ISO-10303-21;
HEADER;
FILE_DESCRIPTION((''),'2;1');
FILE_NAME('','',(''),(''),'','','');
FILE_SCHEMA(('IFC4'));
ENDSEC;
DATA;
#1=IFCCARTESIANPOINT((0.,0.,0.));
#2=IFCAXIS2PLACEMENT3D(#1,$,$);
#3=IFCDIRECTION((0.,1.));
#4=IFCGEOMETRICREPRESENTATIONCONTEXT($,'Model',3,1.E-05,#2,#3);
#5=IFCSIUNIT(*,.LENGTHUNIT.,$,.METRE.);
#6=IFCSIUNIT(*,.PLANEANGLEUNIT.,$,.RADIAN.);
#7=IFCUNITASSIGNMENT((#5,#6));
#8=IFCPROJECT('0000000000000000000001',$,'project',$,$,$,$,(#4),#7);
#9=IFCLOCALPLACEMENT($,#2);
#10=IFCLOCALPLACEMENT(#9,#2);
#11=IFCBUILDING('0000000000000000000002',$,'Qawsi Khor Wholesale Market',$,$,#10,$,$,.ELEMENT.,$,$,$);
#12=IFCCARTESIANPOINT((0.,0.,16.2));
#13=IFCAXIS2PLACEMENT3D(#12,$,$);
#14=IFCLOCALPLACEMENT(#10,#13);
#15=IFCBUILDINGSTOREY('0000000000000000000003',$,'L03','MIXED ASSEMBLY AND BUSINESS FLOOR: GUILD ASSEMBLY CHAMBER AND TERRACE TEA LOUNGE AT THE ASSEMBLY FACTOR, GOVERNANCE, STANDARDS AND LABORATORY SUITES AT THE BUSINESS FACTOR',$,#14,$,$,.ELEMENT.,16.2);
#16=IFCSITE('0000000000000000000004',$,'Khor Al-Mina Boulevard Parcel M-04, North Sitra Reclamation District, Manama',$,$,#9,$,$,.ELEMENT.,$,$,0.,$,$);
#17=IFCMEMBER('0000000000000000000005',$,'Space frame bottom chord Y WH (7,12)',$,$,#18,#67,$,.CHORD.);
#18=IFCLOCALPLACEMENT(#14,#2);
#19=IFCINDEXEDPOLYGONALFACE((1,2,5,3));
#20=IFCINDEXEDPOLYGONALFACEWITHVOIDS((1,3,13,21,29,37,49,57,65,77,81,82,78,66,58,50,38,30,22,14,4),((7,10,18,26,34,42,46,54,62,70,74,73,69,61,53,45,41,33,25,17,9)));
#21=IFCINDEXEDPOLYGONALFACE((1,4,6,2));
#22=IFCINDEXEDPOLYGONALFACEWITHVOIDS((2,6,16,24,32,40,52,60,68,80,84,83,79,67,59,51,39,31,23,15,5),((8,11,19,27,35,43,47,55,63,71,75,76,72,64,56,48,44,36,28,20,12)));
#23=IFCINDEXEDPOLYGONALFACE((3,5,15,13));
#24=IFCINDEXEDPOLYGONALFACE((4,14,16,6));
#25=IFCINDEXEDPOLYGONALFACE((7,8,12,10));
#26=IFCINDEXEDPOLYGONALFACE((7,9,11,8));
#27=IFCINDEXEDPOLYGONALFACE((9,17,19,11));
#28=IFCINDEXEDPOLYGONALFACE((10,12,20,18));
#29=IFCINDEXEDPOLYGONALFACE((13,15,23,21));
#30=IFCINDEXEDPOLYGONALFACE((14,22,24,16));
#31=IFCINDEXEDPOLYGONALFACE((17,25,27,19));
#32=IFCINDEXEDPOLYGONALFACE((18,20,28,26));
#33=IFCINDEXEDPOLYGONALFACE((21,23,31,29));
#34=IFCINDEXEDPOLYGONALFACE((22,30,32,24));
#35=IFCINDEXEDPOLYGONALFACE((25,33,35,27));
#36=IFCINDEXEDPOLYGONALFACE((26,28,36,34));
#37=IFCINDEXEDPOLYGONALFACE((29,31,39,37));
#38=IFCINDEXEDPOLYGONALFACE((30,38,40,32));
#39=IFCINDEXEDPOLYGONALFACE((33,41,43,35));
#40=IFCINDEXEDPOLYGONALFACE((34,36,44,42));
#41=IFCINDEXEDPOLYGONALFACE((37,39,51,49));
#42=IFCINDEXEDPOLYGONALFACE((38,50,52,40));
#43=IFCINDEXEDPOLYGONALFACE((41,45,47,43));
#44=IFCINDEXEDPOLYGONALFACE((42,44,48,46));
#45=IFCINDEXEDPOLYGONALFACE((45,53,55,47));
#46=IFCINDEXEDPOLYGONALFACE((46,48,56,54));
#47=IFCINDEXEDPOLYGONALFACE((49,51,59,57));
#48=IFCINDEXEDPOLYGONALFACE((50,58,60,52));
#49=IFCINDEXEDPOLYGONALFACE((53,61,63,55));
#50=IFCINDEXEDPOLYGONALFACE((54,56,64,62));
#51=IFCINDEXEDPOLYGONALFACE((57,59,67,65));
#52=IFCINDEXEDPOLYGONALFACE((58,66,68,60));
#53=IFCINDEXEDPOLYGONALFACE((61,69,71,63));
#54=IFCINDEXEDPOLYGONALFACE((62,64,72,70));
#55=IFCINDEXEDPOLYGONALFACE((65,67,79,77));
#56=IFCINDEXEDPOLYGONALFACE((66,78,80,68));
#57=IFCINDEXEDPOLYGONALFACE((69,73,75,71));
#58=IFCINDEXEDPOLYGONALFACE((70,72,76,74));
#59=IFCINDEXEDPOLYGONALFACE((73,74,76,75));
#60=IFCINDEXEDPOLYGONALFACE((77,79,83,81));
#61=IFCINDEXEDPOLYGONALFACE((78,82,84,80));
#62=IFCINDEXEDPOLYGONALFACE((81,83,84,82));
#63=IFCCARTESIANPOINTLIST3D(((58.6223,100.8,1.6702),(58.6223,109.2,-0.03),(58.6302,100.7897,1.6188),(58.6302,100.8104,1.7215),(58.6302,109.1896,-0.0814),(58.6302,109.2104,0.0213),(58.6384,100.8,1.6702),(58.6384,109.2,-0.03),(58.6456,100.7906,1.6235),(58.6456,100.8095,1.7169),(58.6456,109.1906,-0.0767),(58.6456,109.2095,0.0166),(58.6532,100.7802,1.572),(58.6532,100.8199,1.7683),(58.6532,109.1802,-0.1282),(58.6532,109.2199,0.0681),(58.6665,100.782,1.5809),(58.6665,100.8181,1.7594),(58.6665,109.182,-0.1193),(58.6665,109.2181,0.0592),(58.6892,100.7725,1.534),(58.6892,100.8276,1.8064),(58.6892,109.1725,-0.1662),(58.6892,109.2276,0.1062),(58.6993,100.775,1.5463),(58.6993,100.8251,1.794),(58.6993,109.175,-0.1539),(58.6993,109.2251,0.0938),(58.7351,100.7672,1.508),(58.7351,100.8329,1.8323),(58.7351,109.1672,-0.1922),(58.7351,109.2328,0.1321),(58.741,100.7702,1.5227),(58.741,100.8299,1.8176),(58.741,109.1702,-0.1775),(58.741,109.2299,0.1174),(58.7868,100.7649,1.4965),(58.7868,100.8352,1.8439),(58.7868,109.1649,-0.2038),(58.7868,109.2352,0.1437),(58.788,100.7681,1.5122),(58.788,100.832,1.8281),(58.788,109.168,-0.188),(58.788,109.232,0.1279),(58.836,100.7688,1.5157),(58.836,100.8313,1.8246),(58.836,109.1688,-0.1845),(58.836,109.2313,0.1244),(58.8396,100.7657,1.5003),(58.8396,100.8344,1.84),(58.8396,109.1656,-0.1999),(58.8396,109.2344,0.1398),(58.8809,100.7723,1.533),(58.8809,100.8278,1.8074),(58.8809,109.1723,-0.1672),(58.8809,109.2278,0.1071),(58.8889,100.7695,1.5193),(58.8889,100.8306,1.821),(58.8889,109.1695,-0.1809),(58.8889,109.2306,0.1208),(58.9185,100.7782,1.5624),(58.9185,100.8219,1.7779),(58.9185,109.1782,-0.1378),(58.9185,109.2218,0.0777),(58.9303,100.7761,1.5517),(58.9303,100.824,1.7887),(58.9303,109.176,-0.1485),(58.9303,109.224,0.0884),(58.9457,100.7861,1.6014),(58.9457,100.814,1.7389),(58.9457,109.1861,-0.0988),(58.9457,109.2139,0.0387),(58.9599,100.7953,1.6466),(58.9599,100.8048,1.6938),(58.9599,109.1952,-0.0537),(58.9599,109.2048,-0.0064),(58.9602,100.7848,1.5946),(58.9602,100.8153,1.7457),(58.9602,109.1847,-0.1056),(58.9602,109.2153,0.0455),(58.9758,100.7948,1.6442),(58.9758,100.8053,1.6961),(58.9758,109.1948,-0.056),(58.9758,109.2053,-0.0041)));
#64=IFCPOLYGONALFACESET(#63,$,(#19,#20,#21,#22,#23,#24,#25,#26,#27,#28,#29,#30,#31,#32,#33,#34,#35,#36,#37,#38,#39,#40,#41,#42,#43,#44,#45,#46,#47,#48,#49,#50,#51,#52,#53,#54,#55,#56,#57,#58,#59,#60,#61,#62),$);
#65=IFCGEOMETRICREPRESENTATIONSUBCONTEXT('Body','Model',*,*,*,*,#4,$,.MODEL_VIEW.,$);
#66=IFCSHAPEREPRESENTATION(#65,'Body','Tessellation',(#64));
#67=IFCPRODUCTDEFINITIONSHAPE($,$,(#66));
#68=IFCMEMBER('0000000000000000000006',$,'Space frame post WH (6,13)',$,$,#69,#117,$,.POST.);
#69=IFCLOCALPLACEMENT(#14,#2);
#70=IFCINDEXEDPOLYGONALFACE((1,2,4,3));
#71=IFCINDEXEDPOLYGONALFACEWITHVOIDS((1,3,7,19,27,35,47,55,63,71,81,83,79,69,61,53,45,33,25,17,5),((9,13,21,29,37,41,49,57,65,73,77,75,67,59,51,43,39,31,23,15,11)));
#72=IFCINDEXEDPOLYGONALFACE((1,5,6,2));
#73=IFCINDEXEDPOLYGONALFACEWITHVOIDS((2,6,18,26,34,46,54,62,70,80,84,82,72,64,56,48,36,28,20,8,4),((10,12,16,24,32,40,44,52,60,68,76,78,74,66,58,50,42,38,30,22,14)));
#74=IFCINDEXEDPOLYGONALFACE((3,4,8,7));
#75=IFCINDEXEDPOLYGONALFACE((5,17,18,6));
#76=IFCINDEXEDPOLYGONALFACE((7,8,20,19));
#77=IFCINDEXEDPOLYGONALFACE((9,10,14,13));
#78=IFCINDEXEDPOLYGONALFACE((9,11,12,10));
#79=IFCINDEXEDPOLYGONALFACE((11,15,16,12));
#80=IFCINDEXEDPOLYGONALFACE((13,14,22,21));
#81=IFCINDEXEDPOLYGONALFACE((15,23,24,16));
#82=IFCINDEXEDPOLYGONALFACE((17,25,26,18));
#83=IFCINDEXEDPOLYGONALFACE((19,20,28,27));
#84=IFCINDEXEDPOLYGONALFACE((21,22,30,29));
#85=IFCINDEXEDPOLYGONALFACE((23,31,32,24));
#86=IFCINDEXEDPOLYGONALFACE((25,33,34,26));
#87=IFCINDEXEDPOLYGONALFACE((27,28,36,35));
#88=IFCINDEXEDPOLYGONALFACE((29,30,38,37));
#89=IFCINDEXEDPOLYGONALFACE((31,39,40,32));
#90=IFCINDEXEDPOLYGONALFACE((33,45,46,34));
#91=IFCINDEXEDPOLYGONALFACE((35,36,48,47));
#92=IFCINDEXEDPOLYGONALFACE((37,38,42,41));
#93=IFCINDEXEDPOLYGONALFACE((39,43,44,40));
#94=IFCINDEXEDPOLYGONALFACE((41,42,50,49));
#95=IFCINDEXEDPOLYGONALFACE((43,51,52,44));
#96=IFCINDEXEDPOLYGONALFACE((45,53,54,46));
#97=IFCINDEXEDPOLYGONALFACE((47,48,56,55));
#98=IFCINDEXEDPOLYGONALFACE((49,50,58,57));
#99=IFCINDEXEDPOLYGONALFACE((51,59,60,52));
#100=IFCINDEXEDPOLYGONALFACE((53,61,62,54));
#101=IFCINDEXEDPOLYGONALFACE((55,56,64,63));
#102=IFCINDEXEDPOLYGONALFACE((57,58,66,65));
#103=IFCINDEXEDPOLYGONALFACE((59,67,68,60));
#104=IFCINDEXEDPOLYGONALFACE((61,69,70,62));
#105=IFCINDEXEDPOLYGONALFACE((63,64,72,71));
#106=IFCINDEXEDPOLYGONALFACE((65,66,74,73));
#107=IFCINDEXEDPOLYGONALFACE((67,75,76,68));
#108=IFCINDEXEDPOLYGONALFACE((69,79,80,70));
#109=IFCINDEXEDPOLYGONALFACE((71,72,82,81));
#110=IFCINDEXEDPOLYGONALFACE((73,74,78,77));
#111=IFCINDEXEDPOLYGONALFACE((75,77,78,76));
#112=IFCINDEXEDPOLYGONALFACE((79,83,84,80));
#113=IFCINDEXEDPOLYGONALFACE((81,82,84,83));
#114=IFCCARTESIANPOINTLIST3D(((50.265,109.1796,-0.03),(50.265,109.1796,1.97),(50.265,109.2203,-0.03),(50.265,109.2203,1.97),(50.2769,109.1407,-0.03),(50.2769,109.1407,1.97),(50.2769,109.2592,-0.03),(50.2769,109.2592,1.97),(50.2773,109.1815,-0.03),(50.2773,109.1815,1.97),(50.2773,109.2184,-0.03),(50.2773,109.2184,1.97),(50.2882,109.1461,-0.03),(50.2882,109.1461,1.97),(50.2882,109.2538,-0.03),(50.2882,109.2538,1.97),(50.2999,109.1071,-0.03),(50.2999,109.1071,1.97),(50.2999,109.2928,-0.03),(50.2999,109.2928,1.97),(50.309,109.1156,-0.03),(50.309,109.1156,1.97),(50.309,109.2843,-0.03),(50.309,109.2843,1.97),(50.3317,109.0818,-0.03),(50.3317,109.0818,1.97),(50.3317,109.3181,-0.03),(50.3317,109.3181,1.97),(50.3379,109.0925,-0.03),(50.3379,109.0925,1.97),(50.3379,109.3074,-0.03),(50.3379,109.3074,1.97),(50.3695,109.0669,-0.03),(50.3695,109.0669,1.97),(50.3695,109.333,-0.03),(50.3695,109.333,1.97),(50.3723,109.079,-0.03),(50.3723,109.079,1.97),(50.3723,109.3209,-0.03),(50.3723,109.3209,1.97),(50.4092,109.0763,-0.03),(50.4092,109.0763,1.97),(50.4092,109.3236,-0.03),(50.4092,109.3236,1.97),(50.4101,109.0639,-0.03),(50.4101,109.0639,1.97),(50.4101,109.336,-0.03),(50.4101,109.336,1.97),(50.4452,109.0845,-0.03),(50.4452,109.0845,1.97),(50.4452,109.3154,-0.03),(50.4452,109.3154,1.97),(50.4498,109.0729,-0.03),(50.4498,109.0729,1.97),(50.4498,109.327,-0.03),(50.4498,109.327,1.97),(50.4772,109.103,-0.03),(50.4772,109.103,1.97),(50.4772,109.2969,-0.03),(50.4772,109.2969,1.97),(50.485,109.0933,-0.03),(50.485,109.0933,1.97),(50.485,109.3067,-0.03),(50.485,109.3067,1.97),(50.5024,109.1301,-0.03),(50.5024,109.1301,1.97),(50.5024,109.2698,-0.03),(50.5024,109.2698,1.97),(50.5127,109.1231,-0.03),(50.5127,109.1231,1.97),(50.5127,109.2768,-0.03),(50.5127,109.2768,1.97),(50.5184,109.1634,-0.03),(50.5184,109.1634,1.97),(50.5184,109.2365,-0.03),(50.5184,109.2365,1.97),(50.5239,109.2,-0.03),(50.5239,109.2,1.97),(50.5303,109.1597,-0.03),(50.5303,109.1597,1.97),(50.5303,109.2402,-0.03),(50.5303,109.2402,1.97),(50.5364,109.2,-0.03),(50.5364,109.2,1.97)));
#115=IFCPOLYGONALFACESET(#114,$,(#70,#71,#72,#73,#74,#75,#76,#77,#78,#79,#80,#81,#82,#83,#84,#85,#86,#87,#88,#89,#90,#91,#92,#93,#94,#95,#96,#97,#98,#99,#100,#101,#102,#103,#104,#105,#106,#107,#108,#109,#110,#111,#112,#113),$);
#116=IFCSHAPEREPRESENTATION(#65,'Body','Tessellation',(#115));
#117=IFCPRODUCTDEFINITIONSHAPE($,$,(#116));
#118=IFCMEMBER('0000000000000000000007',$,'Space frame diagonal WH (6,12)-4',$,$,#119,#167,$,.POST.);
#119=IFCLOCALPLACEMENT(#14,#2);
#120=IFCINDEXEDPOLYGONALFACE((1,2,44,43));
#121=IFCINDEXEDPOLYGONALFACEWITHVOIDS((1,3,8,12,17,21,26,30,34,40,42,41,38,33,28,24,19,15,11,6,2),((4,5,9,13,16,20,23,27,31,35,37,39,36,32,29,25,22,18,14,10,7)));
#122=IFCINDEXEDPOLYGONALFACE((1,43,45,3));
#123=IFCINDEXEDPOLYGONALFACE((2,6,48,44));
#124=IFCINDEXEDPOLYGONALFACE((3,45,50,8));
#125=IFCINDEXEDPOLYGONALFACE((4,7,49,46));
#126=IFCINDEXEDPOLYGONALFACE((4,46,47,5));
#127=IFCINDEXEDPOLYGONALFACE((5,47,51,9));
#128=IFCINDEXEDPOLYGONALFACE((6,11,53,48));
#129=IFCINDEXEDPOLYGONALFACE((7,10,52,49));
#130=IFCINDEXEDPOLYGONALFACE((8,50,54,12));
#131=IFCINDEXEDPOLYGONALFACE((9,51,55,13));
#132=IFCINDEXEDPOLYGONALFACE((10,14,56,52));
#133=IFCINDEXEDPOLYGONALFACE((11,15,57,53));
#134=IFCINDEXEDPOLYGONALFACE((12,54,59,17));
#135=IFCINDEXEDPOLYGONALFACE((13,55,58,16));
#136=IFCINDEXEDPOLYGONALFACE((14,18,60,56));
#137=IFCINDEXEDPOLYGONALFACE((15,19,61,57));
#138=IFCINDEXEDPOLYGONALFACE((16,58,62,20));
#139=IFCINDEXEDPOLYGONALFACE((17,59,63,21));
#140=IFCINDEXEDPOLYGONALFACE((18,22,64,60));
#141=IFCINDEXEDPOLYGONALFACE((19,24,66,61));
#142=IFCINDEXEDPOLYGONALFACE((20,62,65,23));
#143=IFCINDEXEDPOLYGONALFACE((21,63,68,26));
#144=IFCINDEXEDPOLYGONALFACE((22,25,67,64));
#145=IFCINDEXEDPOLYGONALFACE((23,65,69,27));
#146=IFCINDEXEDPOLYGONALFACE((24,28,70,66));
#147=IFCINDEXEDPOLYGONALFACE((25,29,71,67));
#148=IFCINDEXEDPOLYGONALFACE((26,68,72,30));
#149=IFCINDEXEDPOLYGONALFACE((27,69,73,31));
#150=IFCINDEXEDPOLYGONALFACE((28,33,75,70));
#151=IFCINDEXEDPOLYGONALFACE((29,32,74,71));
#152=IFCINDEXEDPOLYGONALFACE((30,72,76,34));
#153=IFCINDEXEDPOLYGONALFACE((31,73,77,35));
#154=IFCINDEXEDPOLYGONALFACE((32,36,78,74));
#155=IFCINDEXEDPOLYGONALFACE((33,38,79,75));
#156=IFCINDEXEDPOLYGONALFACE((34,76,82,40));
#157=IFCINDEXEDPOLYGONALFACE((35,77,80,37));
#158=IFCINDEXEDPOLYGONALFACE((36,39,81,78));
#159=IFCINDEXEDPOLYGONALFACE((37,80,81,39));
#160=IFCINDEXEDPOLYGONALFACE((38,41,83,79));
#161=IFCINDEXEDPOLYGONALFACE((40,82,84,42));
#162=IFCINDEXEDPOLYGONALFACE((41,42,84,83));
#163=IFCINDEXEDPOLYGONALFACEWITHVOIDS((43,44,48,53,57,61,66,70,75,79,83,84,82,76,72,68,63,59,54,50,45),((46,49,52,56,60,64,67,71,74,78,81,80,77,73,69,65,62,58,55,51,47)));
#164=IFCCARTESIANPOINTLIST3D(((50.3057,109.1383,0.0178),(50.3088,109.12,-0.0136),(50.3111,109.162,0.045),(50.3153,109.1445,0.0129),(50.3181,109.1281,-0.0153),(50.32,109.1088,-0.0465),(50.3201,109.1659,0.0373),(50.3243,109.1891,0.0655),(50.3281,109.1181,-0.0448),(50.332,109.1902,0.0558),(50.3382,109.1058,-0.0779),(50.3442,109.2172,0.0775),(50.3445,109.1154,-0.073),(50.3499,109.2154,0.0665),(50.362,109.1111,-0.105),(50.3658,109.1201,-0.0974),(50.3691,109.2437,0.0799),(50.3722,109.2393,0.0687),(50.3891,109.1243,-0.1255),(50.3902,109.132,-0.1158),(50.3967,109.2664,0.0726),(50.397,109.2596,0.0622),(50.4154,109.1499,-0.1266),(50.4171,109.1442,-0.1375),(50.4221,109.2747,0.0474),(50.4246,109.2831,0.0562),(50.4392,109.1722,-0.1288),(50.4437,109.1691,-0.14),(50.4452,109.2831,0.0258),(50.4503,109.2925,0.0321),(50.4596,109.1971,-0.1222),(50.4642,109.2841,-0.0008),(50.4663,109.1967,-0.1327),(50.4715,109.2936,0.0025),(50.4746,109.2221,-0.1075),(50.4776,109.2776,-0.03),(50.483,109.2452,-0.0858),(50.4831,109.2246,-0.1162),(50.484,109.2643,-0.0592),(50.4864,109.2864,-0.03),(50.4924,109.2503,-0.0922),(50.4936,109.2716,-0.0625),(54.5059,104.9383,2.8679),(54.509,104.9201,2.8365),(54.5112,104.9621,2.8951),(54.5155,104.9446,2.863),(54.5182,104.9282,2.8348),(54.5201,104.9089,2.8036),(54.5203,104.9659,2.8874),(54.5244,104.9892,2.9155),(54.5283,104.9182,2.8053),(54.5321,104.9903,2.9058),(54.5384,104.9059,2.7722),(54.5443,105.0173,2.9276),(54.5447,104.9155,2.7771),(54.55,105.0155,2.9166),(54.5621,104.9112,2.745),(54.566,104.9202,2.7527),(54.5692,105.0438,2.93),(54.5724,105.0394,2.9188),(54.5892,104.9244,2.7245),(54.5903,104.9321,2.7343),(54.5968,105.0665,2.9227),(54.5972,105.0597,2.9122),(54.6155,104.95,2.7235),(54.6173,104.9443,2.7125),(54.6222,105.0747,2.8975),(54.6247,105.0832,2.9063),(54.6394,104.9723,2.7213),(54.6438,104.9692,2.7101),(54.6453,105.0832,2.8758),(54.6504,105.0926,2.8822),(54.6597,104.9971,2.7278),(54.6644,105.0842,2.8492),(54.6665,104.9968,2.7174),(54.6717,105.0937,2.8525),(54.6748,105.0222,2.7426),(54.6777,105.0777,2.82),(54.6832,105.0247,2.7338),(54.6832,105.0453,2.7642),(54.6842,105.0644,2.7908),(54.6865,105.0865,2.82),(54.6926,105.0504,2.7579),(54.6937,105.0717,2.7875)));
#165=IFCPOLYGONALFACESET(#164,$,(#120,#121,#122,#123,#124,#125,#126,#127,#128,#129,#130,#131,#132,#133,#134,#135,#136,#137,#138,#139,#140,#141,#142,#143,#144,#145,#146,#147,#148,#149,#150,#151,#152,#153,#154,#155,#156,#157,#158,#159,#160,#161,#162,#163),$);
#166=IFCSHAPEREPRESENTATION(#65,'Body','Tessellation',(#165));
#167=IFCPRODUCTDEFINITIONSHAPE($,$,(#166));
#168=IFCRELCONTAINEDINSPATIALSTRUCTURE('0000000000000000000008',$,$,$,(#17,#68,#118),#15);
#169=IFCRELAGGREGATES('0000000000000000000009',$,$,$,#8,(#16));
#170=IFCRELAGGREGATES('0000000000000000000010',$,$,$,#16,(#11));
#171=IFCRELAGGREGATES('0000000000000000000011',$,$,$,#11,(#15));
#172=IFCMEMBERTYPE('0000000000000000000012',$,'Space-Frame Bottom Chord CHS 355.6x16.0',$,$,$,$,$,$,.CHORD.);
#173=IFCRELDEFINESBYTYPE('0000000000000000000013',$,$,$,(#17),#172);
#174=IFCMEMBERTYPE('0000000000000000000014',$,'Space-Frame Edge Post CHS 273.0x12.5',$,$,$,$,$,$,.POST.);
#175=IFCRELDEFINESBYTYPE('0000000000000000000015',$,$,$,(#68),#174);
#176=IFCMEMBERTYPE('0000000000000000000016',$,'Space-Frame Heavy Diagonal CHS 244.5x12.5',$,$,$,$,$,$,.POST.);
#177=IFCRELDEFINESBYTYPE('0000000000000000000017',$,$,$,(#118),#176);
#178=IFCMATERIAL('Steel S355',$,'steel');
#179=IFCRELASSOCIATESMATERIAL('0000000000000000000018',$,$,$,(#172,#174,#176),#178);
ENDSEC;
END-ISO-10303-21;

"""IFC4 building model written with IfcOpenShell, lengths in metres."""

from ifc_helpers import new_model, si_unit, direction, frame, origin, origin_2d, place, context, subcontext, project, spatial, hollow_circle, extrude, material, material_profile, profile_set, type_object, element, save


model = new_model("IFC4")

# Units and contexts
model_context = context("Model", 3, precision=1e-05, world=origin(), true_north=direction((0.0, 1.0)))
body_context = subcontext(model_context, "Body", "Model", "MODEL_VIEW")
ifc_project = project(units=[si_unit("LENGTHUNIT", "METRE"), si_unit("PLANEANGLEUNIT", "RADIAN")], contexts=[model_context])

# Site, building, storey
site_placement = place(None, origin())
site = spatial("IfcSite", under=ifc_project, at=site_placement, Name="Khor Al-Mina Boulevard Parcel M-04, North Sitra Reclamation District, Manama", CompositionType="ELEMENT", RefElevation=0.0)
building_placement = place(site_placement, origin())
building = spatial("IfcBuilding", under=site, at=building_placement, Name="Qawsi Khor Wholesale Market", CompositionType="ELEMENT")
storey_placement = place(building_placement, frame((0.0, 0.0, 16.2)))
storey = spatial("IfcBuildingStorey", under=building, at=storey_placement, Name="L03", Description="MIXED ASSEMBLY AND BUSINESS FLOOR: GUILD ASSEMBLY CHAMBER AND TERRACE TEA LOUNGE AT THE ASSEMBLY FACTOR, GOVERNANCE, STANDARDS AND LABORATORY SUITES AT THE BUSINESS FACTOR", CompositionType="ELEMENT", Elevation=16.2)

# Members
ifc_material_1 = material(Name="Steel S355", Category="steel")
ifc_material_profile_1 = material_profile(ifc_material_1, hollow_circle(Radius=0.1777, WallThickness=0.0161, at=origin_2d()), Name="CHS 355.6x16.0")
ifc_profile_set_1 = profile_set([ifc_material_profile_1], Name="Steel S355")
member_type_1 = type_object("IfcMemberType", Name="Space-Frame Bottom Chord CHS 355.6x16.0", PredefinedType="CHORD", material=ifc_profile_set_1)
member_1_placement = place(storey_placement, frame((58.8, 100.8, 1.6702), z_axis=(0.0, 0.980124, -0.198384), x_axis=(-1.0, 0.0, 0.0)))
element("IfcMember", 1, at=member_1_placement, inside=storey, type_object=member_type_1, Name="Space frame bottom chord Y WH (7,12)", PredefinedType="CHORD", context=body_context, shape_type="SweptSolid", body=[
    extrude(hollow_circle(Radius=0.1777, WallThickness=0.0161, at=origin_2d()), origin(), (0.0, 0.0, 1.0), 8.5703),
])
ifc_material_profile_2 = material_profile(ifc_material_1, hollow_circle(Radius=0.1365, WallThickness=0.0125, at=origin_2d()), Name="CHS 273.0x12.5")
ifc_profile_set_2 = profile_set([ifc_material_profile_2], Name="Steel S355")
member_type_2 = type_object("IfcMemberType", Name="Space-Frame Edge Post CHS 273.0x12.5", PredefinedType="POST", material=ifc_profile_set_2)
member_2_placement = place(storey_placement, frame((50.3999, 109.2, -0.03), z_axis=(0.0, 0.0, 1.0), x_axis=(1.0, 0.0, 0.0)))
element("IfcMember", 2, at=member_2_placement, inside=storey, type_object=member_type_2, Name="Space frame post WH (6,13)", PredefinedType="POST", context=body_context, shape_type="SweptSolid", body=[
    extrude(hollow_circle(Radius=0.1365, WallThickness=0.0125, at=origin_2d()), origin(), (0.0, 0.0, 1.0), 2.0),
])
ifc_material_profile_3 = material_profile(ifc_material_1, hollow_circle(Radius=0.1223, WallThickness=0.0125, at=origin_2d()), Name="CHS 244.5x12.5")
ifc_profile_set_3 = profile_set([ifc_material_profile_3], Name="Steel S355")
member_type_3 = type_object("IfcMemberType", Name="Space-Frame Heavy Diagonal CHS 244.5x12.5", PredefinedType="POST", material=ifc_profile_set_3)
member_3_placement = place(storey_placement, frame((50.3999, 109.2, -0.03), z_axis=(0.637534, -0.637497, 0.432607), x_axis=(0.707086, 0.707127, 0.0)))
element("IfcMember", 3, at=member_3_placement, inside=storey, type_object=member_type_3, Name="Space frame diagonal WH (6,12)-4", PredefinedType="POST", context=body_context, shape_type="SweptSolid", body=[
    extrude(hollow_circle(Radius=0.1223, WallThickness=0.0125, at=origin_2d()), origin(), (0.0, 0.0, 1.0), 6.5881),
])

save(model, "model.ifc")
